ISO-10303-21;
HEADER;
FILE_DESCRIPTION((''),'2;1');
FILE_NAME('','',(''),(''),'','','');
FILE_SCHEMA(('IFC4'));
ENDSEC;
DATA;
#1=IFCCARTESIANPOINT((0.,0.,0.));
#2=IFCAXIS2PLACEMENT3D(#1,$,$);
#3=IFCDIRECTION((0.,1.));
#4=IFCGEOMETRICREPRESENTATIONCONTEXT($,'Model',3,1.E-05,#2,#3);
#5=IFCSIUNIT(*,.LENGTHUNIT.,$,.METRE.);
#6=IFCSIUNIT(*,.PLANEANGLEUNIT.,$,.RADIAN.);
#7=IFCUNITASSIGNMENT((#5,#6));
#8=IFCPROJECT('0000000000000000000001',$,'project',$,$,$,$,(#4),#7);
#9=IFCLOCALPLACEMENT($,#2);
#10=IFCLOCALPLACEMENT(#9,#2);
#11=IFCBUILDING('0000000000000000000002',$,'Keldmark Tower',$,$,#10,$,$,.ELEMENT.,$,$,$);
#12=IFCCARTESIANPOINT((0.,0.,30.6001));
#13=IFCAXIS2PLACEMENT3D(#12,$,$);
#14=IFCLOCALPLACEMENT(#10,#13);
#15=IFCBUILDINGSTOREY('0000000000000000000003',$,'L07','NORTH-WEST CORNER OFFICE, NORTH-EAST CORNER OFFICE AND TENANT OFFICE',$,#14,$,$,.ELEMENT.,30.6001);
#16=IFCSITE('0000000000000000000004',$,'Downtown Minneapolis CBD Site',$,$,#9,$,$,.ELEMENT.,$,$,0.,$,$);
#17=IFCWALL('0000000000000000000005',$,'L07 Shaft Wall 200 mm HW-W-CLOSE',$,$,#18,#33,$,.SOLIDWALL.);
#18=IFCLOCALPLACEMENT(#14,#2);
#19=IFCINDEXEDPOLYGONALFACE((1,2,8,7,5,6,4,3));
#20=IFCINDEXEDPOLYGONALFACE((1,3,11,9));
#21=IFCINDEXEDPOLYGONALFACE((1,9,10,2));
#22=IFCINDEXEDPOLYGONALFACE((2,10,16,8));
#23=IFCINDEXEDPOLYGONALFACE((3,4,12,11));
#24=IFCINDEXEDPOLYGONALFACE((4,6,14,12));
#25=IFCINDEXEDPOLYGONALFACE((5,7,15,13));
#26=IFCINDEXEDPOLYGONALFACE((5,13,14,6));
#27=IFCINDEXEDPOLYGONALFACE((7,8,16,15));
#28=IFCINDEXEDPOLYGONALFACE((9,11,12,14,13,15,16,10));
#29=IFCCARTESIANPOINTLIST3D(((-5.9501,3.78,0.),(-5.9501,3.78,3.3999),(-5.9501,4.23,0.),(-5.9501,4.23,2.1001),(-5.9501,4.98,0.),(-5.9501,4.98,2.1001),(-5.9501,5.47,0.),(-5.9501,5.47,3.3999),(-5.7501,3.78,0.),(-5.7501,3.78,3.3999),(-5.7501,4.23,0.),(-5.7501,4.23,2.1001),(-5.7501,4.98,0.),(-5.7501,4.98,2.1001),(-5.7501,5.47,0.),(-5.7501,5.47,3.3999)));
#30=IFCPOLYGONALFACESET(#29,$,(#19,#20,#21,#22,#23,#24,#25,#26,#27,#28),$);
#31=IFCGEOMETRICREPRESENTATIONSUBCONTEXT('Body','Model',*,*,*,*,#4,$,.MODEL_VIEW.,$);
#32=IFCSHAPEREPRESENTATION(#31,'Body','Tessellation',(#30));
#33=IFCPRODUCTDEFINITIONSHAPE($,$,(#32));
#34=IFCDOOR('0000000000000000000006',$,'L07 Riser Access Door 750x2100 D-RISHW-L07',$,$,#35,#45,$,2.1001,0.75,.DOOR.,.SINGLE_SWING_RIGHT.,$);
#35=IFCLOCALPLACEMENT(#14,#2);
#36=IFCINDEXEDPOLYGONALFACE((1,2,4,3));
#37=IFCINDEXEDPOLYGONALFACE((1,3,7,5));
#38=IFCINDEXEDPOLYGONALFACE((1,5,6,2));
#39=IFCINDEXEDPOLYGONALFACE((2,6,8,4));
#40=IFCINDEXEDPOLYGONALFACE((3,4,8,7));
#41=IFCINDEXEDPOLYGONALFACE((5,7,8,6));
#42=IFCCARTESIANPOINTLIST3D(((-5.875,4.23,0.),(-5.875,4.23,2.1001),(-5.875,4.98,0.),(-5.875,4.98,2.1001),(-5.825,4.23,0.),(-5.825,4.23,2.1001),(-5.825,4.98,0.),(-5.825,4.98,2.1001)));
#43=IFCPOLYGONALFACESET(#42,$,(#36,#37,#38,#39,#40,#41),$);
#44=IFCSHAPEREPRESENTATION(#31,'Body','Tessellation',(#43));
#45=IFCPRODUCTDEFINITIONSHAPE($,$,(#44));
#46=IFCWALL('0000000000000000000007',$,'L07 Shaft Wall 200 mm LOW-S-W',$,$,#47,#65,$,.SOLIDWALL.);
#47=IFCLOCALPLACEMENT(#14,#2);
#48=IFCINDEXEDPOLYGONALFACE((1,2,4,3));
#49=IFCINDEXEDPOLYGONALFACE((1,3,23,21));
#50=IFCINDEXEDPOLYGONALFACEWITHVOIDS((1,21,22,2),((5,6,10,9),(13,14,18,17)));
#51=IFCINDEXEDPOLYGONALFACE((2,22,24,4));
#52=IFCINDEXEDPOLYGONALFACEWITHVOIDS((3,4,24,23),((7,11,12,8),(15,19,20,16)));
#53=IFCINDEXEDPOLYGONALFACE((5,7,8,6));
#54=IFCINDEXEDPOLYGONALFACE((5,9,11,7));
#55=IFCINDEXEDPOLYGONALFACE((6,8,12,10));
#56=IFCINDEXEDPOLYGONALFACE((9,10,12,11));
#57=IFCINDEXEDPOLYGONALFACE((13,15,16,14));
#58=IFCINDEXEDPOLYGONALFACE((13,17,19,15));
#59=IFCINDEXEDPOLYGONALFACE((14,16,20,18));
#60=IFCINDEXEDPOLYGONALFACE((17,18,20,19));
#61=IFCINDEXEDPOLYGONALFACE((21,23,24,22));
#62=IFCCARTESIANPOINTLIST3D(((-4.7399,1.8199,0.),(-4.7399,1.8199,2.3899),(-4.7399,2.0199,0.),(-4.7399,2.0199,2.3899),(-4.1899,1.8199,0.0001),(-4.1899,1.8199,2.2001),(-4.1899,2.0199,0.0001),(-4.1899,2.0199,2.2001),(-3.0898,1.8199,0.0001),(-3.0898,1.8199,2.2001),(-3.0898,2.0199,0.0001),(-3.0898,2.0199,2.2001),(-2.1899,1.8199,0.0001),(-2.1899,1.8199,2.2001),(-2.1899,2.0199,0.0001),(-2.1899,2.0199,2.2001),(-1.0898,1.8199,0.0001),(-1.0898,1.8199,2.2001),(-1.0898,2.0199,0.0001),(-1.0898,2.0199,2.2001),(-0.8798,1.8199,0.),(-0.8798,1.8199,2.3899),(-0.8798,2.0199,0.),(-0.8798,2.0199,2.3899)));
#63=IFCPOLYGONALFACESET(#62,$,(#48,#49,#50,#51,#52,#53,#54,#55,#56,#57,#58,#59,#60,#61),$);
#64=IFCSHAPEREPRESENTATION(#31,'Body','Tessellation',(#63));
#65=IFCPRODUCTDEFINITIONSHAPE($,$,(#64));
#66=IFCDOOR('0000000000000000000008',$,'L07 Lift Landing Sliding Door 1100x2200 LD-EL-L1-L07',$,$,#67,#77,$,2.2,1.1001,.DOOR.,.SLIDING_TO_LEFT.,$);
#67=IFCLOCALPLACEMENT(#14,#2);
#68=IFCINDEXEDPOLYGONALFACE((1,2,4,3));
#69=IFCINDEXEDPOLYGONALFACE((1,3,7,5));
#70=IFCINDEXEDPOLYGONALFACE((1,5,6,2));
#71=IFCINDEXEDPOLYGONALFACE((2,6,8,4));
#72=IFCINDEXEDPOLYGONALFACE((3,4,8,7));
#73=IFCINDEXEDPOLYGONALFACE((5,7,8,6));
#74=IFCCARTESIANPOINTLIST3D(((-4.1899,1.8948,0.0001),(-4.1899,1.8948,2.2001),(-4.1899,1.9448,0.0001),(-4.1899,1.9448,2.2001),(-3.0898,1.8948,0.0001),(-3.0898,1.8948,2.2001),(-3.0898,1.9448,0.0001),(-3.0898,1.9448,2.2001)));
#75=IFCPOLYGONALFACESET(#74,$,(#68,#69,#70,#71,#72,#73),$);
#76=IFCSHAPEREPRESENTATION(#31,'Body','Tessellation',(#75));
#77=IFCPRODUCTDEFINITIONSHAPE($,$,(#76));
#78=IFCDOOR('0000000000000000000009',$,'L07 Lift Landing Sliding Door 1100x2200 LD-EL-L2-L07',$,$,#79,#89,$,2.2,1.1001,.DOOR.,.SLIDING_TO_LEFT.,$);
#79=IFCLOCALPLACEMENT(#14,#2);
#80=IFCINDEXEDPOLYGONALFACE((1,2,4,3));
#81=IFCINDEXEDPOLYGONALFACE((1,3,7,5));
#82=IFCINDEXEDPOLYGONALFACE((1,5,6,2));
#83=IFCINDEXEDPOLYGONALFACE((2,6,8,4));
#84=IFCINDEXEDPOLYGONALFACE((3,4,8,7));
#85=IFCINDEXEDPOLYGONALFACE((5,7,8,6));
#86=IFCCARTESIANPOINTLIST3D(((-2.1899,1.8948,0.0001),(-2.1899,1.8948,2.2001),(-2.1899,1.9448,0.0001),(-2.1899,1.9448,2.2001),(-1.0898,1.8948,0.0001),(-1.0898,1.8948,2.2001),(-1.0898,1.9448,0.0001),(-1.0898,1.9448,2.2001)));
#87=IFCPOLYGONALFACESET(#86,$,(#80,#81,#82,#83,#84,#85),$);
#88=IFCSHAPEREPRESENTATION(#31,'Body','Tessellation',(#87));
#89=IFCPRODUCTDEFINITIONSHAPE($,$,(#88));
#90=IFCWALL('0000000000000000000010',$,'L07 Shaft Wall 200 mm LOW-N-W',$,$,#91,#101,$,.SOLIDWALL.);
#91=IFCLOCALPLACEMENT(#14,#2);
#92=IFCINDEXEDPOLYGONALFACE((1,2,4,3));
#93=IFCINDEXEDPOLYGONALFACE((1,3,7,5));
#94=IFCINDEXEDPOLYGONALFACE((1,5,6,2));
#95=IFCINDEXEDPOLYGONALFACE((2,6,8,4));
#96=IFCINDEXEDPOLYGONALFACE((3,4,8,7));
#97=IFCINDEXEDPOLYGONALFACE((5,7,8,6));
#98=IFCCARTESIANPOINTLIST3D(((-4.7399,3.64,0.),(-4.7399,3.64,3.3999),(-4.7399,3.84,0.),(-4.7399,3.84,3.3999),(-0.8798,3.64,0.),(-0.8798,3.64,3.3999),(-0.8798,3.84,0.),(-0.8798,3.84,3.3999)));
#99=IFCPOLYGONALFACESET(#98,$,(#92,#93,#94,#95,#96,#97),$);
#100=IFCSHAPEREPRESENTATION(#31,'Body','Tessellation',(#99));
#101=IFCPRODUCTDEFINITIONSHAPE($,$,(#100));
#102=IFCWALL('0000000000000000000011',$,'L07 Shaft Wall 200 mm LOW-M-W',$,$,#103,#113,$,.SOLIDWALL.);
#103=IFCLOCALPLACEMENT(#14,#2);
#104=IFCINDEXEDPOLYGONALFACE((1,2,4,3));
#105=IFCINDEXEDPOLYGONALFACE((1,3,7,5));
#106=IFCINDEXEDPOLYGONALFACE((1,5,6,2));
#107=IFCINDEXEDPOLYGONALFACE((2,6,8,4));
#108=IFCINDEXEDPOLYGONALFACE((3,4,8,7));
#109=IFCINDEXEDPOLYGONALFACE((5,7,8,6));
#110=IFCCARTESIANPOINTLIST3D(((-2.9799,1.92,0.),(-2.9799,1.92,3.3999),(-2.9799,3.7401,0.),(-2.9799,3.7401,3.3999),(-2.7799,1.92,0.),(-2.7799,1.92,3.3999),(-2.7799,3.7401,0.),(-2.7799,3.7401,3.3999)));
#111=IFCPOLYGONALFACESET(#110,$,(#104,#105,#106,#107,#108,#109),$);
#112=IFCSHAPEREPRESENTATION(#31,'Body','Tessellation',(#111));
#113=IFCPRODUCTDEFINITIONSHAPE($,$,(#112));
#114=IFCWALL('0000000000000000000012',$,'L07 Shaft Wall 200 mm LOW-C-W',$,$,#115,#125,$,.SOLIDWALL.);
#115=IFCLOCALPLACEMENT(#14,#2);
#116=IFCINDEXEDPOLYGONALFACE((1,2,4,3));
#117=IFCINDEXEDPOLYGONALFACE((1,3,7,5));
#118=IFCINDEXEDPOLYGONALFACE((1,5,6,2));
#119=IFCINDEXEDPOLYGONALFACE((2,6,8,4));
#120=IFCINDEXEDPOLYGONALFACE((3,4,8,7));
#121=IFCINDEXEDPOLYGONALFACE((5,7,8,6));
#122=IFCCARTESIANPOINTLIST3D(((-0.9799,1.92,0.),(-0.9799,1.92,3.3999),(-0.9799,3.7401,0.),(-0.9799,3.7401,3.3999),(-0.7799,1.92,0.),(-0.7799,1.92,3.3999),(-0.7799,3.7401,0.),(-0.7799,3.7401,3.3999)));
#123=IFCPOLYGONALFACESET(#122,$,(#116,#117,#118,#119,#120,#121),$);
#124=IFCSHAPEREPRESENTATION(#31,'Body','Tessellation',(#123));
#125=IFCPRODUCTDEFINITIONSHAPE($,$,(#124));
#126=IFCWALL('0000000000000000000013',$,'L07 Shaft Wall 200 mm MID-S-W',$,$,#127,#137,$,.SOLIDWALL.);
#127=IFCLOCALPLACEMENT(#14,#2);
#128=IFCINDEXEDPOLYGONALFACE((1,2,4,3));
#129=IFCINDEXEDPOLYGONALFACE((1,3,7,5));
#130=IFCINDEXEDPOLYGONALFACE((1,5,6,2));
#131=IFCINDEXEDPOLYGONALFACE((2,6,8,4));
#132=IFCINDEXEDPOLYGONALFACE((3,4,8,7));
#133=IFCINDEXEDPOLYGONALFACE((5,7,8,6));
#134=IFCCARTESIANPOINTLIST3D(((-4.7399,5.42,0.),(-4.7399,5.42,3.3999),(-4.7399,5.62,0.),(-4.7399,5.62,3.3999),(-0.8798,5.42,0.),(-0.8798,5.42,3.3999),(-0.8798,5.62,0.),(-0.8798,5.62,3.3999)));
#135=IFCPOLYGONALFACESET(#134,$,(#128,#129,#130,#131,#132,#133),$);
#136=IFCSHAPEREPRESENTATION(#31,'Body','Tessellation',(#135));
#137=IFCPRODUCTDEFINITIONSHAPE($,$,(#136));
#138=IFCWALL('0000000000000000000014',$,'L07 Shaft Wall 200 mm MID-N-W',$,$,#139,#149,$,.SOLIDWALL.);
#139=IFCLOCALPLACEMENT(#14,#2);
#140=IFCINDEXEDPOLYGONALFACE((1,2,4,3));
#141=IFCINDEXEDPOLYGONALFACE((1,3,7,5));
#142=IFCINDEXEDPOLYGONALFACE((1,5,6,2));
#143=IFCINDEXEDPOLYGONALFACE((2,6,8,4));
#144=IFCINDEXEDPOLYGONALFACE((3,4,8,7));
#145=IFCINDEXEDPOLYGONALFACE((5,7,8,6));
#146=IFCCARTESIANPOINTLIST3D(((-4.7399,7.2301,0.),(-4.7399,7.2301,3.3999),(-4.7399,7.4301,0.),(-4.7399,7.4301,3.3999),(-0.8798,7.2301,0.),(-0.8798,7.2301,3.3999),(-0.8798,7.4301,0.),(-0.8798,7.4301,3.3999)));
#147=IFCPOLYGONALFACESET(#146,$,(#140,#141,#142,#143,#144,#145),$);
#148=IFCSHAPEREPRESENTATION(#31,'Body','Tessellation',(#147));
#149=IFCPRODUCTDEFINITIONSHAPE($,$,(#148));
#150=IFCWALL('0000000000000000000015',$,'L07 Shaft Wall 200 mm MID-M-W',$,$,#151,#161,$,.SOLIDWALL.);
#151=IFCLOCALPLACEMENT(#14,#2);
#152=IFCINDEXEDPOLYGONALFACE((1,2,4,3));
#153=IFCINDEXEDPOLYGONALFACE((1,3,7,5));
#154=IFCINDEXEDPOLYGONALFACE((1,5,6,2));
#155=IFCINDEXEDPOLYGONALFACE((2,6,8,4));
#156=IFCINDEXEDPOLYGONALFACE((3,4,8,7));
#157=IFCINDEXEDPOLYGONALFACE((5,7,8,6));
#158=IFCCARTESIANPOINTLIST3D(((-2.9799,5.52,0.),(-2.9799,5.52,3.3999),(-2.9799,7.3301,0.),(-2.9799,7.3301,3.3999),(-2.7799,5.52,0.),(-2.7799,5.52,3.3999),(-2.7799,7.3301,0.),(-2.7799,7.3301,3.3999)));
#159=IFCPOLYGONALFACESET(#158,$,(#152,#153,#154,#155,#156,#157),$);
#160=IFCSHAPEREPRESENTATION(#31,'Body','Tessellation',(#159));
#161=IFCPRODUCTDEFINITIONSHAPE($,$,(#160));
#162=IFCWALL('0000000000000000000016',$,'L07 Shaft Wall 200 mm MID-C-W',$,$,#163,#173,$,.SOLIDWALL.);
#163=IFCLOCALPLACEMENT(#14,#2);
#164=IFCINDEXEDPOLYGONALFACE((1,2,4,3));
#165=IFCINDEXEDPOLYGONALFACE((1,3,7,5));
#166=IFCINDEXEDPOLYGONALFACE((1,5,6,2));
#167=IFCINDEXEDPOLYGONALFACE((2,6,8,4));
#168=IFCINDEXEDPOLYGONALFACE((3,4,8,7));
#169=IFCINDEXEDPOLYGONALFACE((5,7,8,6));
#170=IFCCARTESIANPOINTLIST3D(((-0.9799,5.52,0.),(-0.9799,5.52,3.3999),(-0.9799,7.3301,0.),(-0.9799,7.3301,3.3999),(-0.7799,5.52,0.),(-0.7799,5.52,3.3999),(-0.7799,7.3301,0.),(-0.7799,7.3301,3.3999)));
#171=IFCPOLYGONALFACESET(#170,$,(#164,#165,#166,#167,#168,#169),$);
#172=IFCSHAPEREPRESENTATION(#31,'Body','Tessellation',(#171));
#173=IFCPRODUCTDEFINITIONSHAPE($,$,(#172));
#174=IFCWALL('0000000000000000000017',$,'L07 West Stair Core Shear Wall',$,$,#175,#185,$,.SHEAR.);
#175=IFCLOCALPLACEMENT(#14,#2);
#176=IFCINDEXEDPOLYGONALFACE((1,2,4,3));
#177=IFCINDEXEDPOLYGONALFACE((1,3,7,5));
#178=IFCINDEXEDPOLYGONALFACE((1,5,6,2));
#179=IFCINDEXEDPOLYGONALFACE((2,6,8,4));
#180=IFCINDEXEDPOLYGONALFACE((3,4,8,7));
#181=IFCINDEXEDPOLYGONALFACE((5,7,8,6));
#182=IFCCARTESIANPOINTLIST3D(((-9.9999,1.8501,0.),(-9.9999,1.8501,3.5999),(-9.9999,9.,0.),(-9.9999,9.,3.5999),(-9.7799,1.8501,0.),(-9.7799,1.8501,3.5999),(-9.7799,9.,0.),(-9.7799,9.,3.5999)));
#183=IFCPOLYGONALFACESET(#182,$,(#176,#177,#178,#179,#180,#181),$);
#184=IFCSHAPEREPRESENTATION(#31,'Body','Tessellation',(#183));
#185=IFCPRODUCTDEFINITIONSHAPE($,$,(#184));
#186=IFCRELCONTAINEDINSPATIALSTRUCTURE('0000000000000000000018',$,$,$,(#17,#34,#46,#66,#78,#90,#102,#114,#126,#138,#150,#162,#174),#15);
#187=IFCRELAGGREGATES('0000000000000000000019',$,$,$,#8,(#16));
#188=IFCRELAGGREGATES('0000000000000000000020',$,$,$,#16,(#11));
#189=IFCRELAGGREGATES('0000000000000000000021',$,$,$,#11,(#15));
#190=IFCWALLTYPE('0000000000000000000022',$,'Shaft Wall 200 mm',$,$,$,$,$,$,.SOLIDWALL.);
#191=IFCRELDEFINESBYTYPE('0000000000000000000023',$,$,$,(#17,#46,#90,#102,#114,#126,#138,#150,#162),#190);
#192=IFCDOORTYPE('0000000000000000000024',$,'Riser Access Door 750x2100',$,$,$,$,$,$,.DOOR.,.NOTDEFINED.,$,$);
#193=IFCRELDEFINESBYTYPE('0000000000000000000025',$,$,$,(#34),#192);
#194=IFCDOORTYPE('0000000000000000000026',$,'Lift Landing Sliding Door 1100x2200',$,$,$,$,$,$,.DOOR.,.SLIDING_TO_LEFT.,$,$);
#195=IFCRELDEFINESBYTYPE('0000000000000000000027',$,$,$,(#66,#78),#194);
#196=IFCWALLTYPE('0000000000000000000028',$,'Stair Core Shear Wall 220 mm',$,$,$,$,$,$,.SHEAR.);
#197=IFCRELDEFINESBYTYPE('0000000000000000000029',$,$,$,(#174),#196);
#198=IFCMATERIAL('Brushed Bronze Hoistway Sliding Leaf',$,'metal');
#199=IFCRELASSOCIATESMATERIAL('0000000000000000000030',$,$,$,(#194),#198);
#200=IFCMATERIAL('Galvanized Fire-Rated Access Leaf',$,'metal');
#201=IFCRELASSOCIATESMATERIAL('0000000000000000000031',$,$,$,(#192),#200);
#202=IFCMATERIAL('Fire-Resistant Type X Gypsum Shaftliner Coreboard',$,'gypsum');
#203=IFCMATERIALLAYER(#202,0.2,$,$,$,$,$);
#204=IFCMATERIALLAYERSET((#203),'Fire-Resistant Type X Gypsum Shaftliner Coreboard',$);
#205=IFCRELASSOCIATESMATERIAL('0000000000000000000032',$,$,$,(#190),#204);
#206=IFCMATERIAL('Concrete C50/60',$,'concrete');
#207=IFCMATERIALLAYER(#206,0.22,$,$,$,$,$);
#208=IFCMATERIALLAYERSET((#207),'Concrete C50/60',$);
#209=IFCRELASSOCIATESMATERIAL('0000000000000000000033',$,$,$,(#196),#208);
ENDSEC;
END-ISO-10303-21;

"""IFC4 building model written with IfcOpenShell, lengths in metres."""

from ifc_helpers import new_model, si_unit, direction, frame, frame_2d, origin, place, context, subcontext, project, spatial, rectangle, extrude, material, layer, layer_set, type_object, element, fill, save


model = new_model("IFC4")

# Units and contexts
model_context = context("Model", 3, precision=1e-05, world=origin(), true_north=direction((0.0, 1.0)))
body_context = subcontext(model_context, "Body", "Model", "MODEL_VIEW")
ifc_project = project(units=[si_unit("LENGTHUNIT", "METRE"), si_unit("PLANEANGLEUNIT", "RADIAN")], contexts=[model_context])

# Site, building, storey
site_placement = place(None, origin())
site = spatial("IfcSite", under=ifc_project, at=site_placement, Name="Downtown Minneapolis CBD Site", CompositionType="ELEMENT", RefElevation=0.0)
building_placement = place(site_placement, origin())
building = spatial("IfcBuilding", under=site, at=building_placement, Name="Keldmark Tower", CompositionType="ELEMENT")
storey_placement = place(building_placement, frame((0.0, 0.0, 30.6001)))
storey = spatial("IfcBuildingStorey", under=building, at=storey_placement, Name="L07", Description="NORTH-WEST CORNER OFFICE, NORTH-EAST CORNER OFFICE AND TENANT OFFICE", CompositionType="ELEMENT", Elevation=30.6001)

# Shared definitions
ifc_material_1 = material(Name="Brushed Bronze Hoistway Sliding Leaf", Category="metal")
door_type_1 = type_object("IfcDoorType", Name="Lift Landing Sliding Door 1100x2200", OperationType="SLIDING_TO_LEFT", PredefinedType="DOOR", material=ifc_material_1)

# Shared definitions
ifc_material_2 = material(Name="Galvanized Fire-Rated Access Leaf", Category="metal")
door_type_2 = type_object("IfcDoorType", Name="Riser Access Door 750x2100", OperationType="NOTDEFINED", PredefinedType="DOOR", material=ifc_material_2)

# Shared definitions
ifc_material_3 = material(Name="Fire-Resistant Type X Gypsum Shaftliner Coreboard", Category="gypsum")
ifc_layer_1 = layer(ifc_material_3, 0.2)
ifc_layer_set_1 = layer_set([ifc_layer_1], Name="Fire-Resistant Type X Gypsum Shaftliner Coreboard")
wall_type_1 = type_object("IfcWallType", Name="Shaft Wall 200 mm", PredefinedType="SOLIDWALL", material=ifc_layer_set_1)

# Wall, opening, door
wall_1_placement = place(storey_placement, frame((-5.8501, 3.78, 0.0), z_axis=(0.0, 0.0, 1.0), x_axis=(0.0, 1.0, 0.0)))
wall_1 = element("IfcWall", 1, at=wall_1_placement, inside=storey, type_object=wall_type_1, Name="L07 Shaft Wall 200 mm HW-W-CLOSE", PredefinedType="SOLIDWALL", context=body_context, shape_type="SweptSolid", body=[
    extrude(rectangle(XDim=1.6899, YDim=0.2, at=frame_2d((0.845, 0.0))), origin(), (0.0, 0.0, 1.0), 3.3999),
])
opening_1_placement = place(wall_1_placement, frame((0.45, 0.0, 0.0)))
opening_1 = element("IfcOpeningElement", 2, at=opening_1_placement, cuts=wall_1, PredefinedType="OPENING", context=body_context, shape_type="SweptSolid", body=[
    extrude(rectangle(XDim=0.75, YDim=2.1001, at=frame_2d((0.375, 1.05))), frame((0.0, 0.1099, 0.0), z_axis=(0.0, -1.0, 0.0), x_axis=(1.0, 0.0, 0.0)), (0.0, 0.0, 1.0), 0.22),
])
door_1_placement = place(opening_1_placement, origin())
door_1 = element("IfcDoor", 3, at=door_1_placement, inside=storey, type_object=door_type_2, Name="L07 Riser Access Door 750x2100 D-RISHW-L07", OperationType="SINGLE_SWING_RIGHT", OverallHeight=2.1001, OverallWidth=0.75, PredefinedType="DOOR", context=body_context, shape_type="SweptSolid", body=[
    extrude(rectangle(XDim=0.75, YDim=2.1001, at=frame_2d((0.375, 1.05))), frame((0.0, 0.0249, 0.0), z_axis=(0.0, -1.0, 0.0), x_axis=(1.0, 0.0, 0.0)), (0.0, 0.0, 1.0), 0.05),
])
fill(opening_1, door_1)

# Wall, openings, doors
wall_2_placement = place(storey_placement, frame((-4.74, 1.9199, 0.0), z_axis=(0.0, 0.0, 1.0), x_axis=(1.0, 0.0, 0.0)))
wall_2 = element("IfcWall", 4, at=wall_2_placement, inside=storey, type_object=wall_type_1, Name="L07 Shaft Wall 200 mm LOW-S-W", PredefinedType="SOLIDWALL", context=body_context, shape_type="SweptSolid", body=[
    extrude(rectangle(XDim=3.8601, YDim=0.2, at=frame_2d((1.9302, 0.0))), origin(), (0.0, 0.0, 1.0), 2.3899),
])
opening_2_placement = place(wall_2_placement, frame((0.55, 0.0, 0.0)))
opening_2 = element("IfcOpeningElement", 5, at=opening_2_placement, cuts=wall_2, PredefinedType="OPENING", context=body_context, shape_type="SweptSolid", body=[
    extrude(rectangle(XDim=1.1001, YDim=2.2, at=frame_2d((0.55, 1.1001))), frame((0.0, 0.1099, 0.0), z_axis=(0.0, -1.0, 0.0), x_axis=(1.0, 0.0, 0.0)), (0.0, 0.0, 1.0), 0.22),
])
opening_3_placement = place(wall_2_placement, frame((2.55, 0.0, 0.0)))
opening_3 = element("IfcOpeningElement", 6, at=opening_3_placement, cuts=wall_2, PredefinedType="OPENING", context=body_context, shape_type="SweptSolid", body=[
    extrude(rectangle(XDim=1.1001, YDim=2.2, at=frame_2d((0.55, 1.1001))), frame((0.0, 0.1099, 0.0), z_axis=(0.0, -1.0, 0.0), x_axis=(1.0, 0.0, 0.0)), (0.0, 0.0, 1.0), 0.22),
])
door_2_placement = place(opening_2_placement, origin())
door_2 = element("IfcDoor", 7, at=door_2_placement, inside=storey, type_object=door_type_1, Name="L07 Lift Landing Sliding Door 1100x2200 LD-EL-L1-L07", OperationType="SLIDING_TO_LEFT", OverallHeight=2.2, OverallWidth=1.1001, PredefinedType="DOOR", context=body_context, shape_type="SweptSolid", body=[
    extrude(rectangle(XDim=1.1001, YDim=2.2, at=frame_2d((0.55, 1.1001))), frame((0.0, 0.0249, 0.0), z_axis=(0.0, -1.0, 0.0), x_axis=(1.0, 0.0, 0.0)), (0.0, 0.0, 1.0), 0.05),
])
fill(opening_2, door_2)
door_3_placement = place(opening_3_placement, origin())
door_3 = element("IfcDoor", 8, at=door_3_placement, inside=storey, type_object=door_type_1, Name="L07 Lift Landing Sliding Door 1100x2200 LD-EL-L2-L07", OperationType="SLIDING_TO_LEFT", OverallHeight=2.2, OverallWidth=1.1001, PredefinedType="DOOR", context=body_context, shape_type="SweptSolid", body=[
    extrude(rectangle(XDim=1.1001, YDim=2.2, at=frame_2d((0.55, 1.1001))), frame((0.0, 0.0249, 0.0), z_axis=(0.0, -1.0, 0.0), x_axis=(1.0, 0.0, 0.0)), (0.0, 0.0, 1.0), 0.05),
])
fill(opening_3, door_3)

# Walls
wall_3_placement = place(storey_placement, frame((-4.74, 3.74, 0.0), z_axis=(0.0, 0.0, 1.0), x_axis=(1.0, 0.0, 0.0)))
element("IfcWall", 9, at=wall_3_placement, inside=storey, type_object=wall_type_1, Name="L07 Shaft Wall 200 mm LOW-N-W", PredefinedType="SOLIDWALL", context=body_context, shape_type="SweptSolid", body=[
    extrude(rectangle(XDim=3.8601, YDim=0.2, at=frame_2d((1.9302, 0.0))), origin(), (0.0, 0.0, 1.0), 3.3999),
])
for number, where, z_axis, x_axis, name in (
    (10, (-2.8799, 1.9199, 0.0), (0.0, 0.0, 1.0), (0.0, 1.0, 0.0), "L07 Shaft Wall 200 mm LOW-M-W"),
    (11, (-0.8799, 1.9199, 0.0), (0.0, 0.0, 1.0), (0.0, 1.0, 0.0), "L07 Shaft Wall 200 mm LOW-C-W"),
):
    element("IfcWall", number, at=place(storey_placement, frame(where, z_axis=z_axis, x_axis=x_axis)), inside=storey, type_object=wall_type_1, Name=name, PredefinedType="SOLIDWALL", context=body_context, shape_type="SweptSolid", body=[
        extrude(rectangle(XDim=1.8201, YDim=0.2, at=frame_2d((0.9102, 0.0))), origin(), (0.0, 0.0, 1.0), 3.3999),
    ])
for number, where, z_axis, x_axis, name in (
    (12, (-4.74, 5.52, 0.0), (0.0, 0.0, 1.0), (1.0, 0.0, 0.0), "L07 Shaft Wall 200 mm MID-S-W"),
    (13, (-4.74, 7.3301, 0.0), (0.0, 0.0, 1.0), (1.0, 0.0, 0.0), "L07 Shaft Wall 200 mm MID-N-W"),
):
    element("IfcWall", number, at=place(storey_placement, frame(where, z_axis=z_axis, x_axis=x_axis)), inside=storey, type_object=wall_type_1, Name=name, PredefinedType="SOLIDWALL", context=body_context, shape_type="SweptSolid", body=[
        extrude(rectangle(XDim=3.8601, YDim=0.2, at=frame_2d((1.9302, 0.0))), origin(), (0.0, 0.0, 1.0), 3.3999),
    ])
for number, where, z_axis, x_axis, name in (
    (14, (-2.8799, 5.52, 0.0), (0.0, 0.0, 1.0), (0.0, 1.0, 0.0), "L07 Shaft Wall 200 mm MID-M-W"),
    (15, (-0.8799, 5.52, 0.0), (0.0, 0.0, 1.0), (0.0, 1.0, 0.0), "L07 Shaft Wall 200 mm MID-C-W"),
):
    element("IfcWall", number, at=place(storey_placement, frame(where, z_axis=z_axis, x_axis=x_axis)), inside=storey, type_object=wall_type_1, Name=name, PredefinedType="SOLIDWALL", context=body_context, shape_type="SweptSolid", body=[
        extrude(rectangle(XDim=1.8101, YDim=0.2, at=frame_2d((0.905, 0.0))), origin(), (0.0, 0.0, 1.0), 3.3999),
    ])
ifc_material_4 = material(Name="Concrete C50/60", Category="concrete")
ifc_layer_2 = layer(ifc_material_4, 0.22)
ifc_layer_set_2 = layer_set([ifc_layer_2], Name="Concrete C50/60")
wall_type_2 = type_object("IfcWallType", Name="Stair Core Shear Wall 220 mm", PredefinedType="SHEAR", material=ifc_layer_set_2)
wall_4_placement = place(storey_placement, frame((-9.8899, 1.8501, 0.0), z_axis=(0.0, 0.0, 1.0), x_axis=(0.0, 1.0, 0.0)))
element("IfcWall", 16, at=wall_4_placement, inside=storey, type_object=wall_type_2, Name="L07 West Stair Core Shear Wall", PredefinedType="SHEAR", context=body_context, shape_type="SweptSolid", body=[
    extrude(rectangle(XDim=7.1499, YDim=0.22, at=frame_2d((3.575, 0.0))), origin(), (0.0, 0.0, 1.0), 3.5999),
])

save(model, "model.ifc")
